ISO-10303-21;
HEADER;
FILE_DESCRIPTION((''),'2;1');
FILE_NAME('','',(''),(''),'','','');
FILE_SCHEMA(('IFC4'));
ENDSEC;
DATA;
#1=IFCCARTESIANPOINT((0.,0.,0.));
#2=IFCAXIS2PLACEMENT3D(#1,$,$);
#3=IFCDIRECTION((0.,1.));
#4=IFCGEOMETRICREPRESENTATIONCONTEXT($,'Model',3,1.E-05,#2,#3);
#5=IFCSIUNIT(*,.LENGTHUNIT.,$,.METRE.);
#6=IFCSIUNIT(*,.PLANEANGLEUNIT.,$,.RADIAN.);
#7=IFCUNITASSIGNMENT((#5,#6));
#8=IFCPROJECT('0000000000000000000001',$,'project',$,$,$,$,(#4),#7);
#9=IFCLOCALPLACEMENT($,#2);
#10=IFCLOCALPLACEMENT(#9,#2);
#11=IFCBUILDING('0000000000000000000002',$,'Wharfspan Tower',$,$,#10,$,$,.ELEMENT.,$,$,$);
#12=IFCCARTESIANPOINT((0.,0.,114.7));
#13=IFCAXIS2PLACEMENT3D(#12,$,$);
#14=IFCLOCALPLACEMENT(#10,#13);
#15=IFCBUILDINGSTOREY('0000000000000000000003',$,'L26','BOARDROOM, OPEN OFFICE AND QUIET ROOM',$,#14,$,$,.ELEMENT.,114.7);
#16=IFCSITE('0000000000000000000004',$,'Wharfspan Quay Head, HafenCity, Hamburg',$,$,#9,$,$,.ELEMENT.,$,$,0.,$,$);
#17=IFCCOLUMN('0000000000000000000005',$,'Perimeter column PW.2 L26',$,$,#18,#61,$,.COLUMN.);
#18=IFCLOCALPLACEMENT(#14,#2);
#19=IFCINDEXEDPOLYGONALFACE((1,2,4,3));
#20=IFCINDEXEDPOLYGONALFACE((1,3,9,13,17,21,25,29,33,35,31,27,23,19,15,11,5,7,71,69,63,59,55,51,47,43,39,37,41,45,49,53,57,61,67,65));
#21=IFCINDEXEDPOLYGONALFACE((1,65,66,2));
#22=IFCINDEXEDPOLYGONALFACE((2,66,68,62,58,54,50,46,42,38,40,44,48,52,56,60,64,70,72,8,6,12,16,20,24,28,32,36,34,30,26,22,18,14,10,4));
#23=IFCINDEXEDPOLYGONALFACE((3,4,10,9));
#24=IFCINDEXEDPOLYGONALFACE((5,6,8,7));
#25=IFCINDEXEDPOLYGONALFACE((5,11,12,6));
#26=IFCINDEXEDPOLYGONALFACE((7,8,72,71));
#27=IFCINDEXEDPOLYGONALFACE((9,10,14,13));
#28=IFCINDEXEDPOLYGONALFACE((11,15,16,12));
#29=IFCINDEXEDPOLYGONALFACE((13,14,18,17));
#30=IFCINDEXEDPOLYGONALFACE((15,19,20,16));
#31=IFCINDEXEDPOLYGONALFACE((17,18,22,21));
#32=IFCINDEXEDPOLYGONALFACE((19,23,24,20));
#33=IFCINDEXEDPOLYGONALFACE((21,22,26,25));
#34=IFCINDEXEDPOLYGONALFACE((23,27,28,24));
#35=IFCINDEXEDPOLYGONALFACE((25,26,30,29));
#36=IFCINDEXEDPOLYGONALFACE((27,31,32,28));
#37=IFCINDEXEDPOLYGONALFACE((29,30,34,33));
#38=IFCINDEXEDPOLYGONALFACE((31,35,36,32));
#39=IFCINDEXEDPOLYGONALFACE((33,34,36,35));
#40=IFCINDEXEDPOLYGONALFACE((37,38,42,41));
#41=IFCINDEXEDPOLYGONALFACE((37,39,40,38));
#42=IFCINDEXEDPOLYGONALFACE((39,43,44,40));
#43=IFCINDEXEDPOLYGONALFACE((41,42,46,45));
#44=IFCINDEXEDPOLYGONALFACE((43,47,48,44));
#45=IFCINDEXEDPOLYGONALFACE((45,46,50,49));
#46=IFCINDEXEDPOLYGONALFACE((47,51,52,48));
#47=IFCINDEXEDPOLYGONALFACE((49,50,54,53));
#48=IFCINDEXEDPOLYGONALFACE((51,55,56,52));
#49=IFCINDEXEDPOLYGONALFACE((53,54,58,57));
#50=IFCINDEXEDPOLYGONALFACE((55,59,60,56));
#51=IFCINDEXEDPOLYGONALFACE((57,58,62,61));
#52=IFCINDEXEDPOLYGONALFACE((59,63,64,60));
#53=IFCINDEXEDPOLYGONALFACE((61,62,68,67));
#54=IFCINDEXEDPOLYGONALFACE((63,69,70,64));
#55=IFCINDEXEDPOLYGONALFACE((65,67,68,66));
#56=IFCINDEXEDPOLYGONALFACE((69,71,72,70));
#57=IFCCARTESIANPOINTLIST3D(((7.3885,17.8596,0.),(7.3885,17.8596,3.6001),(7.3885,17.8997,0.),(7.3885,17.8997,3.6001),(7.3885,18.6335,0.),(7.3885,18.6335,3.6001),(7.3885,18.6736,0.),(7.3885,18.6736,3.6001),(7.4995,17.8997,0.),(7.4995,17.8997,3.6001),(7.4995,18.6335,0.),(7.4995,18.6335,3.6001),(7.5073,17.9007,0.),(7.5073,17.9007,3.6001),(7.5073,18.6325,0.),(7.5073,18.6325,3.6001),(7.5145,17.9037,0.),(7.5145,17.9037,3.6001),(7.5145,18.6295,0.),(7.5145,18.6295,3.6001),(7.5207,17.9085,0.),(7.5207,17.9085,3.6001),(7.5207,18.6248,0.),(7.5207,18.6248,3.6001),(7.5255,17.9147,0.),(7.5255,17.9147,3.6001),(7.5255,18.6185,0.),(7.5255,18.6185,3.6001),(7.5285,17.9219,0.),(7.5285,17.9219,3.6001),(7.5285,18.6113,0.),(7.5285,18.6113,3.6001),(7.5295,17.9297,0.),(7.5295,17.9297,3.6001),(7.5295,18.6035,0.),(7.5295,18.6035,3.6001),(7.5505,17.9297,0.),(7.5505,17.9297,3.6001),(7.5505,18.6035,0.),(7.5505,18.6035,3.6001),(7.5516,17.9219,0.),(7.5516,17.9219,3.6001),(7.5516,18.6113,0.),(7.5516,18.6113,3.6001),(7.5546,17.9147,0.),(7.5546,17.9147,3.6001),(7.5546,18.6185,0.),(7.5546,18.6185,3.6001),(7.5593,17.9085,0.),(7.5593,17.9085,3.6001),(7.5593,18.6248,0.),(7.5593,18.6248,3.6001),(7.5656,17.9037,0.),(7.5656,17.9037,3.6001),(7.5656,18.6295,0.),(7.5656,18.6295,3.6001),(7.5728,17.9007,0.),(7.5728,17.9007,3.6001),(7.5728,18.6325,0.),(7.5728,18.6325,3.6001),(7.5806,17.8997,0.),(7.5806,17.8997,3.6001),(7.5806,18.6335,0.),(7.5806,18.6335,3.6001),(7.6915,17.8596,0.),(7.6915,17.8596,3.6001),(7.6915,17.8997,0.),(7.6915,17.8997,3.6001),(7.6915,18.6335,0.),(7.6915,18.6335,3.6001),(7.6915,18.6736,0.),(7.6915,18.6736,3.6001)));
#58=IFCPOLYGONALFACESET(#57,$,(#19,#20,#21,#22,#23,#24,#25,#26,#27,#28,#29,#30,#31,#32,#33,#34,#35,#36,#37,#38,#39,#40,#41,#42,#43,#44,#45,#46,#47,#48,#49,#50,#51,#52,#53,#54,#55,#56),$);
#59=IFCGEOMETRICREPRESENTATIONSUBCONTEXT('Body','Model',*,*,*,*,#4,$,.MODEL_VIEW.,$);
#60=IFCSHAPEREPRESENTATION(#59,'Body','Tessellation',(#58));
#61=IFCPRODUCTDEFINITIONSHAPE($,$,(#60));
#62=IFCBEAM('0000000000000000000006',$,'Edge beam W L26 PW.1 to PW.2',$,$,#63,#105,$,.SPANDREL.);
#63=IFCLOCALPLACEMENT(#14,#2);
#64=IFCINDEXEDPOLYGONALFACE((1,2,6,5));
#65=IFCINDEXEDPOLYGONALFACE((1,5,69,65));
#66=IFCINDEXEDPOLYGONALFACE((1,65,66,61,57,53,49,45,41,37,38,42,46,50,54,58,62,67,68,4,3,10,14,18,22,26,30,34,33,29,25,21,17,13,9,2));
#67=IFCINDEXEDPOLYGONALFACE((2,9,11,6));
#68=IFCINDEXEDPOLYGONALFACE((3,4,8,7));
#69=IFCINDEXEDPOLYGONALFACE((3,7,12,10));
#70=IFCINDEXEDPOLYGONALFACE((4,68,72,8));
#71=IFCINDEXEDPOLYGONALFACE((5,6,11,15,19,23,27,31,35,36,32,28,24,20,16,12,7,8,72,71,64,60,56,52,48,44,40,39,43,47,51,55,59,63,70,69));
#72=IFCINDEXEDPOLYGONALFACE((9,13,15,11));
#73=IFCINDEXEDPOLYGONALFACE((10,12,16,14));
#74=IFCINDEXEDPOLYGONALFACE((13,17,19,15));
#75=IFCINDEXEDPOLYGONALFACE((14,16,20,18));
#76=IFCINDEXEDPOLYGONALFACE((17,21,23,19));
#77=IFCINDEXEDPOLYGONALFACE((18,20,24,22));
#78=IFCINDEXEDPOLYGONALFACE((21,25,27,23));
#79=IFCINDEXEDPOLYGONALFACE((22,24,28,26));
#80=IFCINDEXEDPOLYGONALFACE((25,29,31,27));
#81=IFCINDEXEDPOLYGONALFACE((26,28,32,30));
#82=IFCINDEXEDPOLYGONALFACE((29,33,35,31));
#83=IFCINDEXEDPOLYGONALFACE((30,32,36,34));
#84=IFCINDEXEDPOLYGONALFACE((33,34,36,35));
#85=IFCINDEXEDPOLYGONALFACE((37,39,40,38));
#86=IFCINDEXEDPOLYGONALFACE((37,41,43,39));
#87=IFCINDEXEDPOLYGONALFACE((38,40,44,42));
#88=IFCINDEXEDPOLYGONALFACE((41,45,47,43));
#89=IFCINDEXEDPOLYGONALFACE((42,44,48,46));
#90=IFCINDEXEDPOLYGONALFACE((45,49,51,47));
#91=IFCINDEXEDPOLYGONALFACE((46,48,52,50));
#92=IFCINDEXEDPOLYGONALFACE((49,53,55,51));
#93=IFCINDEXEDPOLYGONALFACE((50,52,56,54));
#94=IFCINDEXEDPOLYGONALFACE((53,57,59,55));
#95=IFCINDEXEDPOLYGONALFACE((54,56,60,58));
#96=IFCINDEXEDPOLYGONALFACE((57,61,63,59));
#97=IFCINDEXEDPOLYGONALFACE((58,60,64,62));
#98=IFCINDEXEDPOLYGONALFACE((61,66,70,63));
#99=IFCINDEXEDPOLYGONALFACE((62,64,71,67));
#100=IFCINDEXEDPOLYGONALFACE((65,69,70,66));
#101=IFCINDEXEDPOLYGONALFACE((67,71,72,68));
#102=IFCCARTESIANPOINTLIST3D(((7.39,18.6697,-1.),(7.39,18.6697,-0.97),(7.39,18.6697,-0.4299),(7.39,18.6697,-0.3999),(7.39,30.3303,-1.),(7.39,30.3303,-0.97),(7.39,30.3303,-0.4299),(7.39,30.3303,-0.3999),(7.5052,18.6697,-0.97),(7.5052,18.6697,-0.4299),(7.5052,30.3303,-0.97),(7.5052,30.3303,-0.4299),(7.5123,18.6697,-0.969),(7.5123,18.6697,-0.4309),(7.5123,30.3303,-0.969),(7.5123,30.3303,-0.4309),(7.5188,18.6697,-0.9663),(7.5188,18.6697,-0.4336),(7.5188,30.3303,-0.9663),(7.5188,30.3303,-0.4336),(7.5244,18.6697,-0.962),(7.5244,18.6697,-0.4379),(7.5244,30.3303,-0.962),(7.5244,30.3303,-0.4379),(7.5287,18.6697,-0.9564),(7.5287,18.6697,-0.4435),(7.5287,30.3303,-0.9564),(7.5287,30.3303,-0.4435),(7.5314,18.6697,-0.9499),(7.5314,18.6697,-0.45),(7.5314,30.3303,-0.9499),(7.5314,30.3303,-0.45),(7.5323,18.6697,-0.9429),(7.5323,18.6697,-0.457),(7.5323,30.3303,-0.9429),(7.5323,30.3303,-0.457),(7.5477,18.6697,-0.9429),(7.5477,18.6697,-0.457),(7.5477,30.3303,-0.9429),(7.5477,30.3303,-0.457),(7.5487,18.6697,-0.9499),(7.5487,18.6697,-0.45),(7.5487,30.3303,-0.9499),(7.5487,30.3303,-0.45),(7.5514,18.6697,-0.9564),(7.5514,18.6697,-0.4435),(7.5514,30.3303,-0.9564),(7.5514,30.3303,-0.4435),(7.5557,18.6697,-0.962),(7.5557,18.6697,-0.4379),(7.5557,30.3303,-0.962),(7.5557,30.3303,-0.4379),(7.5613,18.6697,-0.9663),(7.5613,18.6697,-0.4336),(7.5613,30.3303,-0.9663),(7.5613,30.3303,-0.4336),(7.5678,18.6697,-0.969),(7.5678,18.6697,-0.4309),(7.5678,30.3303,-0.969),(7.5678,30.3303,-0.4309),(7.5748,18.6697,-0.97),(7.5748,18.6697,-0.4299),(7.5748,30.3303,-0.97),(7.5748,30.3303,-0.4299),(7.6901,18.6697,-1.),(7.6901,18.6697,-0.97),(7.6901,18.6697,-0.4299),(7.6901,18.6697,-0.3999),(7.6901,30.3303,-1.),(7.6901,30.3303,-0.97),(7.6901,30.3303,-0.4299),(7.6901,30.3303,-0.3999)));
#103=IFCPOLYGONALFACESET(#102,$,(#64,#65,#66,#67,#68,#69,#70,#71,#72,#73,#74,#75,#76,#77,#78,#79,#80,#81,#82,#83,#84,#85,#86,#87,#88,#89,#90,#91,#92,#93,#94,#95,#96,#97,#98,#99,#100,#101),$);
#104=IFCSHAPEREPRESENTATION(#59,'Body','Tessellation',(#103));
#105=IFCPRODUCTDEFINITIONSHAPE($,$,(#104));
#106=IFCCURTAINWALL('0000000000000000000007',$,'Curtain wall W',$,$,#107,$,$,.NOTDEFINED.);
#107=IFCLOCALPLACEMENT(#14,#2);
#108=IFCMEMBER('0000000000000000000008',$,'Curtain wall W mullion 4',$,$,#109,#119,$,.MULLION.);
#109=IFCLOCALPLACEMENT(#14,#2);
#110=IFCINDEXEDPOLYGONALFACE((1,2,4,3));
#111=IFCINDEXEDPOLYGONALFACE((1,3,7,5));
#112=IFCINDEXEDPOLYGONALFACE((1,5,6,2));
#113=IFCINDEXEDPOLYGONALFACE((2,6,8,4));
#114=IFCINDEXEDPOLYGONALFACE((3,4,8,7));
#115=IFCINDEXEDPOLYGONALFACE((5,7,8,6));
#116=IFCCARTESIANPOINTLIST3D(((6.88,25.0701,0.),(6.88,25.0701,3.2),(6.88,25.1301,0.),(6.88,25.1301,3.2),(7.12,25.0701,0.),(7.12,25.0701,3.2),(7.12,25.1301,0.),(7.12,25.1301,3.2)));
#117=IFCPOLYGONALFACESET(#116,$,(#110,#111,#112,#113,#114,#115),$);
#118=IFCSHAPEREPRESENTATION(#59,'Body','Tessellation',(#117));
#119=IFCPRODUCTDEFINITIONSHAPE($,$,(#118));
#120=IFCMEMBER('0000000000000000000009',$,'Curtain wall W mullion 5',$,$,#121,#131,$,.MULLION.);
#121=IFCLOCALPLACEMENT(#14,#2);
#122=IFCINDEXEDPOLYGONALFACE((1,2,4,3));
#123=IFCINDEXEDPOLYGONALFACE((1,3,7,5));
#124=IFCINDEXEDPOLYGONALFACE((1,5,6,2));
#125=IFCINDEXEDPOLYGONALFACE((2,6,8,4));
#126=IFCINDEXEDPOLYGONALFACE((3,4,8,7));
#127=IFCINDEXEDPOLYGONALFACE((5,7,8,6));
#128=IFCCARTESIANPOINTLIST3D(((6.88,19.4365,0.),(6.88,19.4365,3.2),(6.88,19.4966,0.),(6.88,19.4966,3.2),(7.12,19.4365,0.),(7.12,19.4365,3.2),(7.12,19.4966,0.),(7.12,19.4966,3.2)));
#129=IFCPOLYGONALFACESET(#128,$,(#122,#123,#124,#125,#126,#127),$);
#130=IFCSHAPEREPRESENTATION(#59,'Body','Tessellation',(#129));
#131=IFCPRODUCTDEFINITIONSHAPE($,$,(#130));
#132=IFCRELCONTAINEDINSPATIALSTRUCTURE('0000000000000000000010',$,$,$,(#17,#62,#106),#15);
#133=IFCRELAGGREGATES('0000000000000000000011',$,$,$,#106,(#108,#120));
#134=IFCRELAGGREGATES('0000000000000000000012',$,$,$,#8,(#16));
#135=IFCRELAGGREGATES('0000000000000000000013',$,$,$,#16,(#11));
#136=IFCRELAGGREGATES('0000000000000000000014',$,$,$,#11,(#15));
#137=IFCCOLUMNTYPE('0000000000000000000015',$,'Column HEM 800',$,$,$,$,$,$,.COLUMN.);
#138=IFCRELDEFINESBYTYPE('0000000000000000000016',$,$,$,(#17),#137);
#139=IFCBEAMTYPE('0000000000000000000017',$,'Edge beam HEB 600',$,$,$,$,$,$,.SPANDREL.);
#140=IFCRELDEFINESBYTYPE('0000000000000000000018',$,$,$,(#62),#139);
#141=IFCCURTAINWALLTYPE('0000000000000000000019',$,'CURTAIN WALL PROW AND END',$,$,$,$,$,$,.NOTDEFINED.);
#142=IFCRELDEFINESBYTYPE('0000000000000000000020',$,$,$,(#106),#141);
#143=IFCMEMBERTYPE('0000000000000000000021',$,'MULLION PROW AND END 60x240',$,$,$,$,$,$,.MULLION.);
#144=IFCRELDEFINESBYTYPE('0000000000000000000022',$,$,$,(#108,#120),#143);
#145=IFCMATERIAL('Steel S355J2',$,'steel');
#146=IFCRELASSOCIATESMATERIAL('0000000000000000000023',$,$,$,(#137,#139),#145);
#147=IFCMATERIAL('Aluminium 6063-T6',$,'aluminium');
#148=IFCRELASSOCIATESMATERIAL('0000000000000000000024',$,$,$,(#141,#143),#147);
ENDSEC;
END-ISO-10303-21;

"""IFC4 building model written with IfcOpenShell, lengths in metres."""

from ifc_helpers import new_model, si_unit, direction, frame, origin, origin_2d, place, context, subcontext, project, spatial, rectangle, i_section, extrude, material, material_profile, profile_set, type_object, element, aggregate, save


model = new_model("IFC4")

# Units and contexts
model_context = context("Model", 3, precision=1e-05, world=origin(), true_north=direction((0.0, 1.0)))
body_context = subcontext(model_context, "Body", "Model", "MODEL_VIEW")
ifc_project = project(units=[si_unit("LENGTHUNIT", "METRE"), si_unit("PLANEANGLEUNIT", "RADIAN")], contexts=[model_context])

# Site, building, storey
site_placement = place(None, origin())
site = spatial("IfcSite", under=ifc_project, at=site_placement, Name="Wharfspan Quay Head, HafenCity, Hamburg", CompositionType="ELEMENT", RefElevation=0.0)
building_placement = place(site_placement, origin())
building = spatial("IfcBuilding", under=site, at=building_placement, Name="Wharfspan Tower", CompositionType="ELEMENT")
storey_placement = place(building_placement, frame((0.0, 0.0, 114.7)))
storey = spatial("IfcBuildingStorey", under=building, at=storey_placement, Name="L26", Description="BOARDROOM, OPEN OFFICE AND QUIET ROOM", CompositionType="ELEMENT", Elevation=114.7)

# Column
ifc_material_1 = material(Name="Steel S355J2", Category="steel")
ifc_material_profile_1 = material_profile(ifc_material_1, i_section(OverallWidth=0.303, OverallDepth=0.814, WebThickness=0.021, FlangeThickness=0.04, FilletRadius=0.03, at=origin_2d()))
ifc_profile_set_1 = profile_set([ifc_material_profile_1], Name="Steel S355J2")
column_type = type_object("IfcColumnType", Name="Column HEM 800", PredefinedType="COLUMN", material=ifc_profile_set_1)
column_placement = place(storey_placement, frame((7.54, 18.2666, 0.0), z_axis=(0.0, 0.0, 1.0), x_axis=(-1.0, 0.0, 0.0)))
element("IfcColumn", 1, at=column_placement, inside=storey, type_object=column_type, Name="Perimeter column PW.2 L26", PredefinedType="COLUMN", context=body_context, shape_type="SweptSolid", body=[
    extrude(i_section(OverallWidth=0.303, OverallDepth=0.814, WebThickness=0.021, FlangeThickness=0.04, FilletRadius=0.03, at=origin_2d()), origin(), (0.0, 0.0, 1.0), 3.6001),
])

# Beam
ifc_material_profile_2 = material_profile(ifc_material_1, i_section(OverallWidth=0.3, OverallDepth=0.6001, WebThickness=0.0154, FlangeThickness=0.03, FilletRadius=0.0271, at=origin_2d()))
ifc_profile_set_2 = profile_set([ifc_material_profile_2], Name="Steel S355J2")
beam_type = type_object("IfcBeamType", Name="Edge beam HEB 600", PredefinedType="SPANDREL", material=ifc_profile_set_2)
beam_placement = place(storey_placement, frame((7.54, 30.3303, -0.7), z_axis=(0.0, -1.0, 0.0), x_axis=(1.0, 0.0, 0.0)))
element("IfcBeam", 2, at=beam_placement, inside=storey, type_object=beam_type, Name="Edge beam W L26 PW.1 to PW.2", PredefinedType="SPANDREL", context=body_context, shape_type="SweptSolid", body=[
    extrude(i_section(OverallWidth=0.3, OverallDepth=0.6001, WebThickness=0.0154, FlangeThickness=0.03, FilletRadius=0.0271, at=origin_2d()), origin(), (0.0, 0.0, 1.0), 11.6606),
])

# Curtain wall, members
ifc_material_2 = material(Name="Aluminium 6063-T6", Category="aluminium")
curtain_wall_type = type_object("IfcCurtainWallType", Name="CURTAIN WALL PROW AND END", PredefinedType="NOTDEFINED", material=ifc_material_2)
curtain_wall_placement = place(storey_placement, origin())
curtain_wall = element("IfcCurtainWall", 3, at=curtain_wall_placement, inside=storey, type_object=curtain_wall_type, Name="Curtain wall W", PredefinedType="NOTDEFINED")
ifc_material_profile_3 = material_profile(ifc_material_2, rectangle(XDim=0.24, YDim=0.0601, at=origin_2d()))
ifc_profile_set_3 = profile_set([ifc_material_profile_3], Name="Aluminium 6063-T6")
member_type_1 = type_object("IfcMemberType", Name="MULLION PROW AND END 60x240", PredefinedType="MULLION", material=ifc_profile_set_3)
member_1_placement = place(storey_placement, frame((7.0, 25.1001, 0.0), z_axis=(0.0, 0.0, 1.0), x_axis=(1.0, 0.0, 0.0)))
member_1 = element("IfcMember", 4, at=member_1_placement, type_object=member_type_1, Name="Curtain wall W mullion 4", PredefinedType="MULLION", context=body_context, shape_type="SweptSolid", body=[
    extrude(rectangle(XDim=0.24, YDim=0.0601, at=origin_2d()), origin(), (0.0, 0.0, 1.0), 3.2),
])
member_2_placement = place(storey_placement, frame((7.0, 19.4666, 0.0), z_axis=(0.0, 0.0, 1.0), x_axis=(1.0, 0.0, 0.0)))
member_2 = element("IfcMember", 5, at=member_2_placement, type_object=member_type_1, Name="Curtain wall W mullion 5", PredefinedType="MULLION", context=body_context, shape_type="SweptSolid", body=[
    extrude(rectangle(XDim=0.24, YDim=0.0601, at=origin_2d()), origin(), (0.0, 0.0, 1.0), 3.2),
])

aggregate(curtain_wall, [member_1, member_2])

save(model, "model.ifc")
